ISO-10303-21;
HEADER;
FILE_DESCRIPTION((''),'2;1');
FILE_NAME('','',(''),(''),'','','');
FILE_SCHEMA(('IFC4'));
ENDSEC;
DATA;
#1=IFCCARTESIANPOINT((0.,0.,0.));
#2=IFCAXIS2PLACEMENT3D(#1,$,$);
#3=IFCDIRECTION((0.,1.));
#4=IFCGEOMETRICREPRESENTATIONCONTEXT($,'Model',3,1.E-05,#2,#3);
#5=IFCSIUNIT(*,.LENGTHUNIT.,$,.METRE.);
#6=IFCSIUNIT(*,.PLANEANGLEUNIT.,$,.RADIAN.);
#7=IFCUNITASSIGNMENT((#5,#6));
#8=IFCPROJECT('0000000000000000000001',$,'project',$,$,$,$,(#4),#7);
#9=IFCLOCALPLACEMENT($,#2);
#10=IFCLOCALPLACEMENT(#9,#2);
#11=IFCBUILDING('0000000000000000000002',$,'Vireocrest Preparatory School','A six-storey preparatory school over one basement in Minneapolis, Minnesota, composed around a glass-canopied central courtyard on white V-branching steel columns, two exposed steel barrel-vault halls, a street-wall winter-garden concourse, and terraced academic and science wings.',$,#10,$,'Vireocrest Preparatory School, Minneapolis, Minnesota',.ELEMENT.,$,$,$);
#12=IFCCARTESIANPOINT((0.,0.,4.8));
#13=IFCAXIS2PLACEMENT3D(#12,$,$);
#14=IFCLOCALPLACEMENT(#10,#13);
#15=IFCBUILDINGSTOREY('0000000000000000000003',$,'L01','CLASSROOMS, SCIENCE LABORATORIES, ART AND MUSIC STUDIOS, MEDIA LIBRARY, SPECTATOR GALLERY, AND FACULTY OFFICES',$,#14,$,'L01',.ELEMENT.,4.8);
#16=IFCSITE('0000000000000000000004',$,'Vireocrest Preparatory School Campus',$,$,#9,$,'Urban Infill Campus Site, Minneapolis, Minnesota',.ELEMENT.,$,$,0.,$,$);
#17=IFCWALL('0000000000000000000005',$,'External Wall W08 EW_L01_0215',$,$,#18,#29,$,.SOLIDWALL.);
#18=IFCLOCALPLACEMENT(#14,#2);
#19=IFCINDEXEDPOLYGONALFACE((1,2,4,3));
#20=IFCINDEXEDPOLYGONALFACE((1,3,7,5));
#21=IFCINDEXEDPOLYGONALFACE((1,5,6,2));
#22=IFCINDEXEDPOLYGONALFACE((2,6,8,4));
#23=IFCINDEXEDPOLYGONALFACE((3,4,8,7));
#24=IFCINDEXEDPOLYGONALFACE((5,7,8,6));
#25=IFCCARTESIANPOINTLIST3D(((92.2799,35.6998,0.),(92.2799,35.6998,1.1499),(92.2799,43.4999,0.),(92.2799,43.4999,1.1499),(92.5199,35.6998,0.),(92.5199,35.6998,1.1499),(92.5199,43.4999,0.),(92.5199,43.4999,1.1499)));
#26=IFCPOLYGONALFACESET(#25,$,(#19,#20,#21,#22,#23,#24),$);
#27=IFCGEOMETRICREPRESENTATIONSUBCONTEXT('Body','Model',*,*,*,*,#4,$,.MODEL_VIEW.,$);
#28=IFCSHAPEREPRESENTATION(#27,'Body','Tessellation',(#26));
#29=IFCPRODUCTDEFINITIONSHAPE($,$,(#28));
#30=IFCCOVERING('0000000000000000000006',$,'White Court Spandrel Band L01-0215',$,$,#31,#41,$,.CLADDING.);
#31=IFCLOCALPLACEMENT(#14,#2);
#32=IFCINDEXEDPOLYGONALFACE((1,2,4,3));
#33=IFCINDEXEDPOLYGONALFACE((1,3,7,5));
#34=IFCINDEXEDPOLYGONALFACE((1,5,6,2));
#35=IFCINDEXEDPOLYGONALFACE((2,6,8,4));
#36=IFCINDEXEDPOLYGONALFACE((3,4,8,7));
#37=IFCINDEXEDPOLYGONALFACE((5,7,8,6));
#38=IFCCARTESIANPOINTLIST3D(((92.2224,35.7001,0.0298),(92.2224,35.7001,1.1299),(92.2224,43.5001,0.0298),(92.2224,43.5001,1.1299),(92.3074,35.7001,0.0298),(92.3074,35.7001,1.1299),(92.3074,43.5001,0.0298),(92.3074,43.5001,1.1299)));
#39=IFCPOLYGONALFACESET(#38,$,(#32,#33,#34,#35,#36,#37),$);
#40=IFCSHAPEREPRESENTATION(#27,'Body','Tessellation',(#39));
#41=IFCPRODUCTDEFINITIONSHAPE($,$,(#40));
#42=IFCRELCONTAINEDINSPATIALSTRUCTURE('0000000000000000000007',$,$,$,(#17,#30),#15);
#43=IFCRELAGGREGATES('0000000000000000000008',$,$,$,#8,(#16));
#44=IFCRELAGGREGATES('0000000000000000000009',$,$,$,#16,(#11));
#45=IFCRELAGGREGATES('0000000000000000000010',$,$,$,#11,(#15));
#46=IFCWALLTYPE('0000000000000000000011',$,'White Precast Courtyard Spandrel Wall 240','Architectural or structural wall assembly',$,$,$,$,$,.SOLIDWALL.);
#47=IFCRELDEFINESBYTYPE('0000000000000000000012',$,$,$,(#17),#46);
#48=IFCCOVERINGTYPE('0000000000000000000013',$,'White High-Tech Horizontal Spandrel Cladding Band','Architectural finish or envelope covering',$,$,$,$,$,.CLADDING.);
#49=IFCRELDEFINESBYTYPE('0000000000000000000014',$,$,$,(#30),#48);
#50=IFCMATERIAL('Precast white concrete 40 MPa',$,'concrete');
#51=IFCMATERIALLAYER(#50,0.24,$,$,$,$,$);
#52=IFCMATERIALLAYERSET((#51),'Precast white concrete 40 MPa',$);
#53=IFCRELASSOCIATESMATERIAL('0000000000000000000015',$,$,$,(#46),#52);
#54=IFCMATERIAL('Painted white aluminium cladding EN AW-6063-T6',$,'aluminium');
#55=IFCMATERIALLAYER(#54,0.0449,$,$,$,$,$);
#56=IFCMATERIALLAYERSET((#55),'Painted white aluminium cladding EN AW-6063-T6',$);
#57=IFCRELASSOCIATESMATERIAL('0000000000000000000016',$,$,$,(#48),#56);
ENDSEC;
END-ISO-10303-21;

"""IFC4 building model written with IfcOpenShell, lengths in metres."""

from ifc_helpers import new_model, si_unit, direction, frame, frame_2d, origin, origin_2d, place, context, subcontext, project, spatial, rectangle, extrude, material, layer, layer_set, type_object, element, save


model = new_model("IFC4")

# Units and contexts
model_context = context("Model", 3, precision=1e-05, world=origin(), true_north=direction((0.0, 1.0)))
body_context = subcontext(model_context, "Body", "Model", "MODEL_VIEW")
ifc_project = project(units=[si_unit("LENGTHUNIT", "METRE"), si_unit("PLANEANGLEUNIT", "RADIAN")], contexts=[model_context])

# Site, building, storey
site_placement = place(None, origin())
site = spatial("IfcSite", under=ifc_project, at=site_placement, Name="Vireocrest Preparatory School Campus", LongName="Urban Infill Campus Site, Minneapolis, Minnesota", CompositionType="ELEMENT", RefElevation=0.0)
building_placement = place(site_placement, origin())
building = spatial("IfcBuilding", under=site, at=building_placement, Name="Vireocrest Preparatory School", Description="A six-storey preparatory school over one basement in Minneapolis, Minnesota, composed around a glass-canopied central courtyard on white V-branching steel columns, two exposed steel barrel-vault halls, a street-wall winter-garden concourse, and terraced academic and science wings.", LongName="Vireocrest Preparatory School, Minneapolis, Minnesota", CompositionType="ELEMENT")
storey_placement = place(building_placement, frame((0.0, 0.0, 4.8)))
storey = spatial("IfcBuildingStorey", under=building, at=storey_placement, Name="L01", Description="CLASSROOMS, SCIENCE LABORATORIES, ART AND MUSIC STUDIOS, MEDIA LIBRARY, SPECTATOR GALLERY, AND FACULTY OFFICES", LongName="L01", CompositionType="ELEMENT", Elevation=4.8)

# Wall
ifc_material_1 = material(Name="Precast white concrete 40 MPa", Category="concrete")
ifc_layer_1 = layer(ifc_material_1, 0.24)
ifc_layer_set_1 = layer_set([ifc_layer_1], Name="Precast white concrete 40 MPa")
wall_type_1 = type_object("IfcWallType", Name="White Precast Courtyard Spandrel Wall 240", Description="Architectural or structural wall assembly", PredefinedType="SOLIDWALL", material=ifc_layer_set_1)
wall_1_placement = place(storey_placement, frame((92.3999, 35.7, 0.0), z_axis=(0.0, 0.0, 1.0), x_axis=(0.0, 1.0, 0.0)))
element("IfcWall", 1, at=wall_1_placement, inside=storey, type_object=wall_type_1, Name="External Wall W08 EW_L01_0215", PredefinedType="SOLIDWALL", context=body_context, shape_type="SweptSolid", body=[
    extrude(rectangle(XDim=7.8, YDim=0.24, at=frame_2d((3.8999, 0.0))), origin(), (0.0, 0.0, 1.0), 1.1499),
])

# Covering
ifc_material_2 = material(Name="Painted white aluminium cladding EN AW-6063-T6", Category="aluminium")
ifc_layer_2 = layer(ifc_material_2, 0.0449)
ifc_layer_set_2 = layer_set([ifc_layer_2], Name="Painted white aluminium cladding EN AW-6063-T6")
covering_type = type_object("IfcCoveringType", Name="White High-Tech Horizontal Spandrel Cladding Band", Description="Architectural finish or envelope covering", PredefinedType="CLADDING", material=ifc_layer_set_2)
covering_placement = place(storey_placement, frame((92.2649, 39.6001, 0.0298), z_axis=(0.0, 0.0, 1.0), x_axis=(1.0, 0.0, 0.0)))
element("IfcCovering", 2, at=covering_placement, inside=storey, type_object=covering_type, Name="White Court Spandrel Band L01-0215", PredefinedType="CLADDING", context=body_context, shape_type="SweptSolid", body=[
    extrude(rectangle(XDim=0.085, YDim=7.8, at=origin_2d()), origin(), (0.0, 0.0, 1.0), 1.1001),
])

save(model, "model.ifc")
